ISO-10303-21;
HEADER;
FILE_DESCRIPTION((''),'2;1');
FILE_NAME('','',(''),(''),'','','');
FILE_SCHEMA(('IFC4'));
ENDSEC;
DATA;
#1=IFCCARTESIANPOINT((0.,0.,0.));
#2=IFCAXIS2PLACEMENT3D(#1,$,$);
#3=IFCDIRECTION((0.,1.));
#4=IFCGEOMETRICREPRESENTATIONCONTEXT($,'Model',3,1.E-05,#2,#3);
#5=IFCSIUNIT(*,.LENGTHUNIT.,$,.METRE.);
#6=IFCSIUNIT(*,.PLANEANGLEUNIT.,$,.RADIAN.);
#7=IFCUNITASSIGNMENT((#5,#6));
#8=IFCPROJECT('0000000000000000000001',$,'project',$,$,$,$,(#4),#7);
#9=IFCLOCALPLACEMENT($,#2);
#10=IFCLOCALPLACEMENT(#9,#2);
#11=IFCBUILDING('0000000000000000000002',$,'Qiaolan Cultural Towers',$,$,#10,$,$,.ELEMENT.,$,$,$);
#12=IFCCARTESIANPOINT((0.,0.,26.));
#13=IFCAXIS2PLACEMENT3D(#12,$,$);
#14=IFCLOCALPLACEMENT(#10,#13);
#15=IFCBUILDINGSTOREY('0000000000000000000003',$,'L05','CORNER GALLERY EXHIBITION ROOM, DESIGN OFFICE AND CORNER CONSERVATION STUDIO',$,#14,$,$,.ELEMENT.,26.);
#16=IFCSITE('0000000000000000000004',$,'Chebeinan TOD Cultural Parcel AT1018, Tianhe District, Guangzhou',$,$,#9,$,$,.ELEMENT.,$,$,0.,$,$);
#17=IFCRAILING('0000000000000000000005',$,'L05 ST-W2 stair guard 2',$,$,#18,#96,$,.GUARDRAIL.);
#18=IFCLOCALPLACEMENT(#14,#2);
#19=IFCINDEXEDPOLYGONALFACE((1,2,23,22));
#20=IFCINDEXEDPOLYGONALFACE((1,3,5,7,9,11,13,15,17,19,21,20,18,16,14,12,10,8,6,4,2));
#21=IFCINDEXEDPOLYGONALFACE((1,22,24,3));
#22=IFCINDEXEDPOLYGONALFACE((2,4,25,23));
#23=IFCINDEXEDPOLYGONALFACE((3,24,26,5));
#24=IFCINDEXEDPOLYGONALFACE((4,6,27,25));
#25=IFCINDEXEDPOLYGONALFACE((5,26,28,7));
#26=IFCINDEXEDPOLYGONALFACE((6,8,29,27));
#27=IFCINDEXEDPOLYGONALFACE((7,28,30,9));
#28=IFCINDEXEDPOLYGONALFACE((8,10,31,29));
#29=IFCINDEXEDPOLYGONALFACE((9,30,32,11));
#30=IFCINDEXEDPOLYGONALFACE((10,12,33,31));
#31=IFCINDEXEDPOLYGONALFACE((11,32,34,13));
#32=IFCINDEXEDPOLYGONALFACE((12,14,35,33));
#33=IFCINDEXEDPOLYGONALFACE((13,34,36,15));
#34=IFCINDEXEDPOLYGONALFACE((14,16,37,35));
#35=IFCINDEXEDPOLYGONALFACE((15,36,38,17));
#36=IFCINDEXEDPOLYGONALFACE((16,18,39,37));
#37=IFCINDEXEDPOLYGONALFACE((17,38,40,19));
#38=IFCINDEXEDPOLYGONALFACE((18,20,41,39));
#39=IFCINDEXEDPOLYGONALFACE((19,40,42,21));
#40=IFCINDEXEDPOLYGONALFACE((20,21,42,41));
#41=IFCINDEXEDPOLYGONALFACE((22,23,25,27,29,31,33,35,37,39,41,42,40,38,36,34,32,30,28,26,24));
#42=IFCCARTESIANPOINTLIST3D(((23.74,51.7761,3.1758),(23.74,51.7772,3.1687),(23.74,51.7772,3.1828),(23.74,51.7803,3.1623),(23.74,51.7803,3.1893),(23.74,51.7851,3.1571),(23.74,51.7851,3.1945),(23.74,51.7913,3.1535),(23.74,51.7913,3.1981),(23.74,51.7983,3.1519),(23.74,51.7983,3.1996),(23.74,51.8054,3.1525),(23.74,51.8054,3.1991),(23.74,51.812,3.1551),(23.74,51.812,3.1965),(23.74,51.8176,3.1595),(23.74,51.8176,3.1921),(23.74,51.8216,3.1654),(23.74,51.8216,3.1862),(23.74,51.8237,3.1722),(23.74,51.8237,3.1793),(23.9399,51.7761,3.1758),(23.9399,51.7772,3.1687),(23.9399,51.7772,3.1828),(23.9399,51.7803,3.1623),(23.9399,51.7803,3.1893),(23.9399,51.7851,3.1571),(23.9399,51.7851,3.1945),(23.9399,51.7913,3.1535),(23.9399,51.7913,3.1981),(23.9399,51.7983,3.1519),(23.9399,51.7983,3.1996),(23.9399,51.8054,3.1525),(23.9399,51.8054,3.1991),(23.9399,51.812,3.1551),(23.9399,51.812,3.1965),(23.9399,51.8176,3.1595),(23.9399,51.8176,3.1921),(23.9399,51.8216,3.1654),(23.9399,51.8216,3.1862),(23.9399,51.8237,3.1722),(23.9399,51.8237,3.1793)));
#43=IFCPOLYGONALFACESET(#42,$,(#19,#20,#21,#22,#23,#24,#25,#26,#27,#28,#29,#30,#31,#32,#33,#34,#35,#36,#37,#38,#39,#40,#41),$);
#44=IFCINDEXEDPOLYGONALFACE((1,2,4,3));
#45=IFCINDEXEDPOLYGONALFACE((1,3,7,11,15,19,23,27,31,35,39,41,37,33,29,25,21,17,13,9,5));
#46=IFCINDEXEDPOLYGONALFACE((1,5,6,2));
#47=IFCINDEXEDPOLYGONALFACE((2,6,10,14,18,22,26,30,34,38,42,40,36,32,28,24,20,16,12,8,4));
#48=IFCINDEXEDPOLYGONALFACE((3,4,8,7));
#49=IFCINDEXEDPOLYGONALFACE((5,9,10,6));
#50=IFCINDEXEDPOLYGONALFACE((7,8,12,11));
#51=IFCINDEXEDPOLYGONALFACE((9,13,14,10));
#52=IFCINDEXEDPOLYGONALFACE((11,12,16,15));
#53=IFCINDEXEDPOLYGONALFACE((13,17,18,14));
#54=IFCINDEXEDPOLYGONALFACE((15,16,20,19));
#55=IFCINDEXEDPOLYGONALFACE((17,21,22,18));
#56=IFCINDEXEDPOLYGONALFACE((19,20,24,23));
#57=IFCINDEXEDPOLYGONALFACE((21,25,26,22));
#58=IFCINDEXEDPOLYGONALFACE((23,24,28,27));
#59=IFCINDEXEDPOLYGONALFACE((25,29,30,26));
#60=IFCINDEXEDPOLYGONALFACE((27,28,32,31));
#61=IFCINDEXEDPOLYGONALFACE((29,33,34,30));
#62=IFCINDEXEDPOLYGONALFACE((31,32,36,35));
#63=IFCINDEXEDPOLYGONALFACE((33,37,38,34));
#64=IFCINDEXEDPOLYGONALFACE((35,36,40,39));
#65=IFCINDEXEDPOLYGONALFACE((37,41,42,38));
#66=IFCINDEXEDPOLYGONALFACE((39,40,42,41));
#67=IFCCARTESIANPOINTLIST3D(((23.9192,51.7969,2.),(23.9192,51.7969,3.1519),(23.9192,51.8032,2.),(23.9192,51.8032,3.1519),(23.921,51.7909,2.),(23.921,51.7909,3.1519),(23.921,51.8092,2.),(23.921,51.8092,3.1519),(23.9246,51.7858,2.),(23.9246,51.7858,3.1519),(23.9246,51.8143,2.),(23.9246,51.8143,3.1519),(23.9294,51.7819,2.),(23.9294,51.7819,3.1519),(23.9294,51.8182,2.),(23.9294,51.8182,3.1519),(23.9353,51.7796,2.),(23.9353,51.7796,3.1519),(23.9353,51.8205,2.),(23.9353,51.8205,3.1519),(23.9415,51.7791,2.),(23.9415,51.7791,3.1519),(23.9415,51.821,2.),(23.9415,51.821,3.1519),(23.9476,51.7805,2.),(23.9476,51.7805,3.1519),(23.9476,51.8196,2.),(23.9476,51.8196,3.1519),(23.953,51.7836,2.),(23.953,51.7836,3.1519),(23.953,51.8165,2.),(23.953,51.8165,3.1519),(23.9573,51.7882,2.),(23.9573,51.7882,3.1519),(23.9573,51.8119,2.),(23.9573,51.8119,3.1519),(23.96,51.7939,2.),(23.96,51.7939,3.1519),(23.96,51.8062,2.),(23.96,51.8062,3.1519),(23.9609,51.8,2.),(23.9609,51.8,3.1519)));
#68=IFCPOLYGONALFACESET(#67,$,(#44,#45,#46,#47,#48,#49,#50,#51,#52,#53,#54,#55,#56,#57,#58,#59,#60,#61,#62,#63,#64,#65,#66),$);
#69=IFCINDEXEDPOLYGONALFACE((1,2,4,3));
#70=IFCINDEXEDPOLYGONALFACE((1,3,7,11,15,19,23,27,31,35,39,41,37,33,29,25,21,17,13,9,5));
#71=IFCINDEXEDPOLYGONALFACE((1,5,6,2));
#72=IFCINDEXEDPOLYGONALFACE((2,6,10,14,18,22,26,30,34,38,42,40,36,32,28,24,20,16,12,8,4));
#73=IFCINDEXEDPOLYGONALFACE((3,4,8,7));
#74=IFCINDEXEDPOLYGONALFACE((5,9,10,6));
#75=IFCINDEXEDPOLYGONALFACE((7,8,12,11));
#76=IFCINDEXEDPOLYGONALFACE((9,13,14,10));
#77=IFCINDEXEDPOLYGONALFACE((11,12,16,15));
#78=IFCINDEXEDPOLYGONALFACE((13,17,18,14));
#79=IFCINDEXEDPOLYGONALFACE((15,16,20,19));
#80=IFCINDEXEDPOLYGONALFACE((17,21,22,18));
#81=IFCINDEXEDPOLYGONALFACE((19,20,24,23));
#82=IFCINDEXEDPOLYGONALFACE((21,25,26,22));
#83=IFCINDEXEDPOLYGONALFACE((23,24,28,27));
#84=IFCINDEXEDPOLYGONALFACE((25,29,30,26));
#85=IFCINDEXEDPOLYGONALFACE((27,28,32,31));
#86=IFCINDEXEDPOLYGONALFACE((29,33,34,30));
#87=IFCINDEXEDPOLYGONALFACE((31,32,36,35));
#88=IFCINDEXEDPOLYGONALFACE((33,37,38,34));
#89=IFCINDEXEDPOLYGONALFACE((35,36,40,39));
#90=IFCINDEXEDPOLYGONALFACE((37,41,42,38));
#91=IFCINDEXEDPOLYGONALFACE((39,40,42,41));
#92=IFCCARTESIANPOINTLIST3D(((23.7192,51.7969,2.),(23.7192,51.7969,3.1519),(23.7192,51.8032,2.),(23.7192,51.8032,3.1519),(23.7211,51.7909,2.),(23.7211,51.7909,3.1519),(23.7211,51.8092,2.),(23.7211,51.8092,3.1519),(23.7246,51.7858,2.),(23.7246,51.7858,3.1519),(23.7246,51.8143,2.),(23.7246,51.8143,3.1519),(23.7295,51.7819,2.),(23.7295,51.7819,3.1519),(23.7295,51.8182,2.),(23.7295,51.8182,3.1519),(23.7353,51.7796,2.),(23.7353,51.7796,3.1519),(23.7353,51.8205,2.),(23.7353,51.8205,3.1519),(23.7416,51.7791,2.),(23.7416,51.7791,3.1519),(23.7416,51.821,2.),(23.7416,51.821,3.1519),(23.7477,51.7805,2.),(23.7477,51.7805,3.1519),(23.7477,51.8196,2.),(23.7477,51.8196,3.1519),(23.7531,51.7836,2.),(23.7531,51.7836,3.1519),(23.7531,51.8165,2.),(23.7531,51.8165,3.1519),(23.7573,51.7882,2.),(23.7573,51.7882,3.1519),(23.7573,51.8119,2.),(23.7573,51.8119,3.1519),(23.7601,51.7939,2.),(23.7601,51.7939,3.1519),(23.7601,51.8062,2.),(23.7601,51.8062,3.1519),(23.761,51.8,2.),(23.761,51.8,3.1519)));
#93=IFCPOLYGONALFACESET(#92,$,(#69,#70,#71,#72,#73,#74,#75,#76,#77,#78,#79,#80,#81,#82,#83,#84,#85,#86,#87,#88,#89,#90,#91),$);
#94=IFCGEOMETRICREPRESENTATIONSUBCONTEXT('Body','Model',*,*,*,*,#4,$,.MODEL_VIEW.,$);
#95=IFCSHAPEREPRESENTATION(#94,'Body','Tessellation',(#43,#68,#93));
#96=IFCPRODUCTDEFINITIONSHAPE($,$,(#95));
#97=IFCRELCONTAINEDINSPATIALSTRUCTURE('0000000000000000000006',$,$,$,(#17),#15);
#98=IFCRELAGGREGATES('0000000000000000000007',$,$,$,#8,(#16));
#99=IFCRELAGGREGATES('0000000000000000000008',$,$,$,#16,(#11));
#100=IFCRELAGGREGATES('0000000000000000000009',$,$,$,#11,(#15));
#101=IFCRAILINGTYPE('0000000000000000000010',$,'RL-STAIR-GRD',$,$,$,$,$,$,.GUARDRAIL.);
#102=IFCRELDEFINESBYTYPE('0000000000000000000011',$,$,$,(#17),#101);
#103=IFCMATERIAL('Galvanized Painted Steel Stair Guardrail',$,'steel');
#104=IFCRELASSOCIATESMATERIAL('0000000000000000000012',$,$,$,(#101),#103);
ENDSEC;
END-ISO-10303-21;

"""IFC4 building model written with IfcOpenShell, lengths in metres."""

from ifc_helpers import new_model, si_unit, direction, frame, origin, origin_2d, place, context, subcontext, project, spatial, circle, extrude, material, type_object, element, save


model = new_model("IFC4")

# Units and contexts
model_context = context("Model", 3, precision=1e-05, world=origin(), true_north=direction((0.0, 1.0)))
body_context = subcontext(model_context, "Body", "Model", "MODEL_VIEW")
ifc_project = project(units=[si_unit("LENGTHUNIT", "METRE"), si_unit("PLANEANGLEUNIT", "RADIAN")], contexts=[model_context])

# Site, building, storey
site_placement = place(None, origin())
site = spatial("IfcSite", under=ifc_project, at=site_placement, Name="Chebeinan TOD Cultural Parcel AT1018, Tianhe District, Guangzhou", CompositionType="ELEMENT", RefElevation=0.0)
building_placement = place(site_placement, origin())
building = spatial("IfcBuilding", under=site, at=building_placement, Name="Qiaolan Cultural Towers", CompositionType="ELEMENT")
storey_placement = place(building_placement, frame((0.0, 0.0, 26.0)))
storey = spatial("IfcBuildingStorey", under=building, at=storey_placement, Name="L05", Description="CORNER GALLERY EXHIBITION ROOM, DESIGN OFFICE AND CORNER CONSERVATION STUDIO", CompositionType="ELEMENT", Elevation=26.0)

# Railing
ifc_material_1 = material(Name="Galvanized Painted Steel Stair Guardrail", Category="steel")
railing_type_1 = type_object("IfcRailingType", Name="RL-STAIR-GRD", PredefinedType="GUARDRAIL", material=ifc_material_1)
railing_1_placement = place(storey_placement, frame((23.9399, 51.8, 2.0)))
element("IfcRailing", 1, at=railing_1_placement, inside=storey, type_object=railing_type_1, Name="L05 ST-W2 stair guard 2", PredefinedType="GUARDRAIL", context=body_context, shape_type="SweptSolid", body=[
    extrude(circle(Radius=0.0239, at=origin_2d()), frame((0.0, 0.0, 1.1758), z_axis=(-1.0, 0.0, 0.0), x_axis=(0.0, -1.0, 0.0)), (0.0, 0.0, 1.0), 0.2),
    extrude(circle(Radius=0.021, at=origin_2d()), origin(), (0.0, 0.0, 1.0), 1.1519),
    extrude(circle(Radius=0.021, at=origin_2d()), frame((-0.2, 0.0, 0.0)), (0.0, 0.0, 1.0), 1.1519),
])

save(model, "model.ifc")
